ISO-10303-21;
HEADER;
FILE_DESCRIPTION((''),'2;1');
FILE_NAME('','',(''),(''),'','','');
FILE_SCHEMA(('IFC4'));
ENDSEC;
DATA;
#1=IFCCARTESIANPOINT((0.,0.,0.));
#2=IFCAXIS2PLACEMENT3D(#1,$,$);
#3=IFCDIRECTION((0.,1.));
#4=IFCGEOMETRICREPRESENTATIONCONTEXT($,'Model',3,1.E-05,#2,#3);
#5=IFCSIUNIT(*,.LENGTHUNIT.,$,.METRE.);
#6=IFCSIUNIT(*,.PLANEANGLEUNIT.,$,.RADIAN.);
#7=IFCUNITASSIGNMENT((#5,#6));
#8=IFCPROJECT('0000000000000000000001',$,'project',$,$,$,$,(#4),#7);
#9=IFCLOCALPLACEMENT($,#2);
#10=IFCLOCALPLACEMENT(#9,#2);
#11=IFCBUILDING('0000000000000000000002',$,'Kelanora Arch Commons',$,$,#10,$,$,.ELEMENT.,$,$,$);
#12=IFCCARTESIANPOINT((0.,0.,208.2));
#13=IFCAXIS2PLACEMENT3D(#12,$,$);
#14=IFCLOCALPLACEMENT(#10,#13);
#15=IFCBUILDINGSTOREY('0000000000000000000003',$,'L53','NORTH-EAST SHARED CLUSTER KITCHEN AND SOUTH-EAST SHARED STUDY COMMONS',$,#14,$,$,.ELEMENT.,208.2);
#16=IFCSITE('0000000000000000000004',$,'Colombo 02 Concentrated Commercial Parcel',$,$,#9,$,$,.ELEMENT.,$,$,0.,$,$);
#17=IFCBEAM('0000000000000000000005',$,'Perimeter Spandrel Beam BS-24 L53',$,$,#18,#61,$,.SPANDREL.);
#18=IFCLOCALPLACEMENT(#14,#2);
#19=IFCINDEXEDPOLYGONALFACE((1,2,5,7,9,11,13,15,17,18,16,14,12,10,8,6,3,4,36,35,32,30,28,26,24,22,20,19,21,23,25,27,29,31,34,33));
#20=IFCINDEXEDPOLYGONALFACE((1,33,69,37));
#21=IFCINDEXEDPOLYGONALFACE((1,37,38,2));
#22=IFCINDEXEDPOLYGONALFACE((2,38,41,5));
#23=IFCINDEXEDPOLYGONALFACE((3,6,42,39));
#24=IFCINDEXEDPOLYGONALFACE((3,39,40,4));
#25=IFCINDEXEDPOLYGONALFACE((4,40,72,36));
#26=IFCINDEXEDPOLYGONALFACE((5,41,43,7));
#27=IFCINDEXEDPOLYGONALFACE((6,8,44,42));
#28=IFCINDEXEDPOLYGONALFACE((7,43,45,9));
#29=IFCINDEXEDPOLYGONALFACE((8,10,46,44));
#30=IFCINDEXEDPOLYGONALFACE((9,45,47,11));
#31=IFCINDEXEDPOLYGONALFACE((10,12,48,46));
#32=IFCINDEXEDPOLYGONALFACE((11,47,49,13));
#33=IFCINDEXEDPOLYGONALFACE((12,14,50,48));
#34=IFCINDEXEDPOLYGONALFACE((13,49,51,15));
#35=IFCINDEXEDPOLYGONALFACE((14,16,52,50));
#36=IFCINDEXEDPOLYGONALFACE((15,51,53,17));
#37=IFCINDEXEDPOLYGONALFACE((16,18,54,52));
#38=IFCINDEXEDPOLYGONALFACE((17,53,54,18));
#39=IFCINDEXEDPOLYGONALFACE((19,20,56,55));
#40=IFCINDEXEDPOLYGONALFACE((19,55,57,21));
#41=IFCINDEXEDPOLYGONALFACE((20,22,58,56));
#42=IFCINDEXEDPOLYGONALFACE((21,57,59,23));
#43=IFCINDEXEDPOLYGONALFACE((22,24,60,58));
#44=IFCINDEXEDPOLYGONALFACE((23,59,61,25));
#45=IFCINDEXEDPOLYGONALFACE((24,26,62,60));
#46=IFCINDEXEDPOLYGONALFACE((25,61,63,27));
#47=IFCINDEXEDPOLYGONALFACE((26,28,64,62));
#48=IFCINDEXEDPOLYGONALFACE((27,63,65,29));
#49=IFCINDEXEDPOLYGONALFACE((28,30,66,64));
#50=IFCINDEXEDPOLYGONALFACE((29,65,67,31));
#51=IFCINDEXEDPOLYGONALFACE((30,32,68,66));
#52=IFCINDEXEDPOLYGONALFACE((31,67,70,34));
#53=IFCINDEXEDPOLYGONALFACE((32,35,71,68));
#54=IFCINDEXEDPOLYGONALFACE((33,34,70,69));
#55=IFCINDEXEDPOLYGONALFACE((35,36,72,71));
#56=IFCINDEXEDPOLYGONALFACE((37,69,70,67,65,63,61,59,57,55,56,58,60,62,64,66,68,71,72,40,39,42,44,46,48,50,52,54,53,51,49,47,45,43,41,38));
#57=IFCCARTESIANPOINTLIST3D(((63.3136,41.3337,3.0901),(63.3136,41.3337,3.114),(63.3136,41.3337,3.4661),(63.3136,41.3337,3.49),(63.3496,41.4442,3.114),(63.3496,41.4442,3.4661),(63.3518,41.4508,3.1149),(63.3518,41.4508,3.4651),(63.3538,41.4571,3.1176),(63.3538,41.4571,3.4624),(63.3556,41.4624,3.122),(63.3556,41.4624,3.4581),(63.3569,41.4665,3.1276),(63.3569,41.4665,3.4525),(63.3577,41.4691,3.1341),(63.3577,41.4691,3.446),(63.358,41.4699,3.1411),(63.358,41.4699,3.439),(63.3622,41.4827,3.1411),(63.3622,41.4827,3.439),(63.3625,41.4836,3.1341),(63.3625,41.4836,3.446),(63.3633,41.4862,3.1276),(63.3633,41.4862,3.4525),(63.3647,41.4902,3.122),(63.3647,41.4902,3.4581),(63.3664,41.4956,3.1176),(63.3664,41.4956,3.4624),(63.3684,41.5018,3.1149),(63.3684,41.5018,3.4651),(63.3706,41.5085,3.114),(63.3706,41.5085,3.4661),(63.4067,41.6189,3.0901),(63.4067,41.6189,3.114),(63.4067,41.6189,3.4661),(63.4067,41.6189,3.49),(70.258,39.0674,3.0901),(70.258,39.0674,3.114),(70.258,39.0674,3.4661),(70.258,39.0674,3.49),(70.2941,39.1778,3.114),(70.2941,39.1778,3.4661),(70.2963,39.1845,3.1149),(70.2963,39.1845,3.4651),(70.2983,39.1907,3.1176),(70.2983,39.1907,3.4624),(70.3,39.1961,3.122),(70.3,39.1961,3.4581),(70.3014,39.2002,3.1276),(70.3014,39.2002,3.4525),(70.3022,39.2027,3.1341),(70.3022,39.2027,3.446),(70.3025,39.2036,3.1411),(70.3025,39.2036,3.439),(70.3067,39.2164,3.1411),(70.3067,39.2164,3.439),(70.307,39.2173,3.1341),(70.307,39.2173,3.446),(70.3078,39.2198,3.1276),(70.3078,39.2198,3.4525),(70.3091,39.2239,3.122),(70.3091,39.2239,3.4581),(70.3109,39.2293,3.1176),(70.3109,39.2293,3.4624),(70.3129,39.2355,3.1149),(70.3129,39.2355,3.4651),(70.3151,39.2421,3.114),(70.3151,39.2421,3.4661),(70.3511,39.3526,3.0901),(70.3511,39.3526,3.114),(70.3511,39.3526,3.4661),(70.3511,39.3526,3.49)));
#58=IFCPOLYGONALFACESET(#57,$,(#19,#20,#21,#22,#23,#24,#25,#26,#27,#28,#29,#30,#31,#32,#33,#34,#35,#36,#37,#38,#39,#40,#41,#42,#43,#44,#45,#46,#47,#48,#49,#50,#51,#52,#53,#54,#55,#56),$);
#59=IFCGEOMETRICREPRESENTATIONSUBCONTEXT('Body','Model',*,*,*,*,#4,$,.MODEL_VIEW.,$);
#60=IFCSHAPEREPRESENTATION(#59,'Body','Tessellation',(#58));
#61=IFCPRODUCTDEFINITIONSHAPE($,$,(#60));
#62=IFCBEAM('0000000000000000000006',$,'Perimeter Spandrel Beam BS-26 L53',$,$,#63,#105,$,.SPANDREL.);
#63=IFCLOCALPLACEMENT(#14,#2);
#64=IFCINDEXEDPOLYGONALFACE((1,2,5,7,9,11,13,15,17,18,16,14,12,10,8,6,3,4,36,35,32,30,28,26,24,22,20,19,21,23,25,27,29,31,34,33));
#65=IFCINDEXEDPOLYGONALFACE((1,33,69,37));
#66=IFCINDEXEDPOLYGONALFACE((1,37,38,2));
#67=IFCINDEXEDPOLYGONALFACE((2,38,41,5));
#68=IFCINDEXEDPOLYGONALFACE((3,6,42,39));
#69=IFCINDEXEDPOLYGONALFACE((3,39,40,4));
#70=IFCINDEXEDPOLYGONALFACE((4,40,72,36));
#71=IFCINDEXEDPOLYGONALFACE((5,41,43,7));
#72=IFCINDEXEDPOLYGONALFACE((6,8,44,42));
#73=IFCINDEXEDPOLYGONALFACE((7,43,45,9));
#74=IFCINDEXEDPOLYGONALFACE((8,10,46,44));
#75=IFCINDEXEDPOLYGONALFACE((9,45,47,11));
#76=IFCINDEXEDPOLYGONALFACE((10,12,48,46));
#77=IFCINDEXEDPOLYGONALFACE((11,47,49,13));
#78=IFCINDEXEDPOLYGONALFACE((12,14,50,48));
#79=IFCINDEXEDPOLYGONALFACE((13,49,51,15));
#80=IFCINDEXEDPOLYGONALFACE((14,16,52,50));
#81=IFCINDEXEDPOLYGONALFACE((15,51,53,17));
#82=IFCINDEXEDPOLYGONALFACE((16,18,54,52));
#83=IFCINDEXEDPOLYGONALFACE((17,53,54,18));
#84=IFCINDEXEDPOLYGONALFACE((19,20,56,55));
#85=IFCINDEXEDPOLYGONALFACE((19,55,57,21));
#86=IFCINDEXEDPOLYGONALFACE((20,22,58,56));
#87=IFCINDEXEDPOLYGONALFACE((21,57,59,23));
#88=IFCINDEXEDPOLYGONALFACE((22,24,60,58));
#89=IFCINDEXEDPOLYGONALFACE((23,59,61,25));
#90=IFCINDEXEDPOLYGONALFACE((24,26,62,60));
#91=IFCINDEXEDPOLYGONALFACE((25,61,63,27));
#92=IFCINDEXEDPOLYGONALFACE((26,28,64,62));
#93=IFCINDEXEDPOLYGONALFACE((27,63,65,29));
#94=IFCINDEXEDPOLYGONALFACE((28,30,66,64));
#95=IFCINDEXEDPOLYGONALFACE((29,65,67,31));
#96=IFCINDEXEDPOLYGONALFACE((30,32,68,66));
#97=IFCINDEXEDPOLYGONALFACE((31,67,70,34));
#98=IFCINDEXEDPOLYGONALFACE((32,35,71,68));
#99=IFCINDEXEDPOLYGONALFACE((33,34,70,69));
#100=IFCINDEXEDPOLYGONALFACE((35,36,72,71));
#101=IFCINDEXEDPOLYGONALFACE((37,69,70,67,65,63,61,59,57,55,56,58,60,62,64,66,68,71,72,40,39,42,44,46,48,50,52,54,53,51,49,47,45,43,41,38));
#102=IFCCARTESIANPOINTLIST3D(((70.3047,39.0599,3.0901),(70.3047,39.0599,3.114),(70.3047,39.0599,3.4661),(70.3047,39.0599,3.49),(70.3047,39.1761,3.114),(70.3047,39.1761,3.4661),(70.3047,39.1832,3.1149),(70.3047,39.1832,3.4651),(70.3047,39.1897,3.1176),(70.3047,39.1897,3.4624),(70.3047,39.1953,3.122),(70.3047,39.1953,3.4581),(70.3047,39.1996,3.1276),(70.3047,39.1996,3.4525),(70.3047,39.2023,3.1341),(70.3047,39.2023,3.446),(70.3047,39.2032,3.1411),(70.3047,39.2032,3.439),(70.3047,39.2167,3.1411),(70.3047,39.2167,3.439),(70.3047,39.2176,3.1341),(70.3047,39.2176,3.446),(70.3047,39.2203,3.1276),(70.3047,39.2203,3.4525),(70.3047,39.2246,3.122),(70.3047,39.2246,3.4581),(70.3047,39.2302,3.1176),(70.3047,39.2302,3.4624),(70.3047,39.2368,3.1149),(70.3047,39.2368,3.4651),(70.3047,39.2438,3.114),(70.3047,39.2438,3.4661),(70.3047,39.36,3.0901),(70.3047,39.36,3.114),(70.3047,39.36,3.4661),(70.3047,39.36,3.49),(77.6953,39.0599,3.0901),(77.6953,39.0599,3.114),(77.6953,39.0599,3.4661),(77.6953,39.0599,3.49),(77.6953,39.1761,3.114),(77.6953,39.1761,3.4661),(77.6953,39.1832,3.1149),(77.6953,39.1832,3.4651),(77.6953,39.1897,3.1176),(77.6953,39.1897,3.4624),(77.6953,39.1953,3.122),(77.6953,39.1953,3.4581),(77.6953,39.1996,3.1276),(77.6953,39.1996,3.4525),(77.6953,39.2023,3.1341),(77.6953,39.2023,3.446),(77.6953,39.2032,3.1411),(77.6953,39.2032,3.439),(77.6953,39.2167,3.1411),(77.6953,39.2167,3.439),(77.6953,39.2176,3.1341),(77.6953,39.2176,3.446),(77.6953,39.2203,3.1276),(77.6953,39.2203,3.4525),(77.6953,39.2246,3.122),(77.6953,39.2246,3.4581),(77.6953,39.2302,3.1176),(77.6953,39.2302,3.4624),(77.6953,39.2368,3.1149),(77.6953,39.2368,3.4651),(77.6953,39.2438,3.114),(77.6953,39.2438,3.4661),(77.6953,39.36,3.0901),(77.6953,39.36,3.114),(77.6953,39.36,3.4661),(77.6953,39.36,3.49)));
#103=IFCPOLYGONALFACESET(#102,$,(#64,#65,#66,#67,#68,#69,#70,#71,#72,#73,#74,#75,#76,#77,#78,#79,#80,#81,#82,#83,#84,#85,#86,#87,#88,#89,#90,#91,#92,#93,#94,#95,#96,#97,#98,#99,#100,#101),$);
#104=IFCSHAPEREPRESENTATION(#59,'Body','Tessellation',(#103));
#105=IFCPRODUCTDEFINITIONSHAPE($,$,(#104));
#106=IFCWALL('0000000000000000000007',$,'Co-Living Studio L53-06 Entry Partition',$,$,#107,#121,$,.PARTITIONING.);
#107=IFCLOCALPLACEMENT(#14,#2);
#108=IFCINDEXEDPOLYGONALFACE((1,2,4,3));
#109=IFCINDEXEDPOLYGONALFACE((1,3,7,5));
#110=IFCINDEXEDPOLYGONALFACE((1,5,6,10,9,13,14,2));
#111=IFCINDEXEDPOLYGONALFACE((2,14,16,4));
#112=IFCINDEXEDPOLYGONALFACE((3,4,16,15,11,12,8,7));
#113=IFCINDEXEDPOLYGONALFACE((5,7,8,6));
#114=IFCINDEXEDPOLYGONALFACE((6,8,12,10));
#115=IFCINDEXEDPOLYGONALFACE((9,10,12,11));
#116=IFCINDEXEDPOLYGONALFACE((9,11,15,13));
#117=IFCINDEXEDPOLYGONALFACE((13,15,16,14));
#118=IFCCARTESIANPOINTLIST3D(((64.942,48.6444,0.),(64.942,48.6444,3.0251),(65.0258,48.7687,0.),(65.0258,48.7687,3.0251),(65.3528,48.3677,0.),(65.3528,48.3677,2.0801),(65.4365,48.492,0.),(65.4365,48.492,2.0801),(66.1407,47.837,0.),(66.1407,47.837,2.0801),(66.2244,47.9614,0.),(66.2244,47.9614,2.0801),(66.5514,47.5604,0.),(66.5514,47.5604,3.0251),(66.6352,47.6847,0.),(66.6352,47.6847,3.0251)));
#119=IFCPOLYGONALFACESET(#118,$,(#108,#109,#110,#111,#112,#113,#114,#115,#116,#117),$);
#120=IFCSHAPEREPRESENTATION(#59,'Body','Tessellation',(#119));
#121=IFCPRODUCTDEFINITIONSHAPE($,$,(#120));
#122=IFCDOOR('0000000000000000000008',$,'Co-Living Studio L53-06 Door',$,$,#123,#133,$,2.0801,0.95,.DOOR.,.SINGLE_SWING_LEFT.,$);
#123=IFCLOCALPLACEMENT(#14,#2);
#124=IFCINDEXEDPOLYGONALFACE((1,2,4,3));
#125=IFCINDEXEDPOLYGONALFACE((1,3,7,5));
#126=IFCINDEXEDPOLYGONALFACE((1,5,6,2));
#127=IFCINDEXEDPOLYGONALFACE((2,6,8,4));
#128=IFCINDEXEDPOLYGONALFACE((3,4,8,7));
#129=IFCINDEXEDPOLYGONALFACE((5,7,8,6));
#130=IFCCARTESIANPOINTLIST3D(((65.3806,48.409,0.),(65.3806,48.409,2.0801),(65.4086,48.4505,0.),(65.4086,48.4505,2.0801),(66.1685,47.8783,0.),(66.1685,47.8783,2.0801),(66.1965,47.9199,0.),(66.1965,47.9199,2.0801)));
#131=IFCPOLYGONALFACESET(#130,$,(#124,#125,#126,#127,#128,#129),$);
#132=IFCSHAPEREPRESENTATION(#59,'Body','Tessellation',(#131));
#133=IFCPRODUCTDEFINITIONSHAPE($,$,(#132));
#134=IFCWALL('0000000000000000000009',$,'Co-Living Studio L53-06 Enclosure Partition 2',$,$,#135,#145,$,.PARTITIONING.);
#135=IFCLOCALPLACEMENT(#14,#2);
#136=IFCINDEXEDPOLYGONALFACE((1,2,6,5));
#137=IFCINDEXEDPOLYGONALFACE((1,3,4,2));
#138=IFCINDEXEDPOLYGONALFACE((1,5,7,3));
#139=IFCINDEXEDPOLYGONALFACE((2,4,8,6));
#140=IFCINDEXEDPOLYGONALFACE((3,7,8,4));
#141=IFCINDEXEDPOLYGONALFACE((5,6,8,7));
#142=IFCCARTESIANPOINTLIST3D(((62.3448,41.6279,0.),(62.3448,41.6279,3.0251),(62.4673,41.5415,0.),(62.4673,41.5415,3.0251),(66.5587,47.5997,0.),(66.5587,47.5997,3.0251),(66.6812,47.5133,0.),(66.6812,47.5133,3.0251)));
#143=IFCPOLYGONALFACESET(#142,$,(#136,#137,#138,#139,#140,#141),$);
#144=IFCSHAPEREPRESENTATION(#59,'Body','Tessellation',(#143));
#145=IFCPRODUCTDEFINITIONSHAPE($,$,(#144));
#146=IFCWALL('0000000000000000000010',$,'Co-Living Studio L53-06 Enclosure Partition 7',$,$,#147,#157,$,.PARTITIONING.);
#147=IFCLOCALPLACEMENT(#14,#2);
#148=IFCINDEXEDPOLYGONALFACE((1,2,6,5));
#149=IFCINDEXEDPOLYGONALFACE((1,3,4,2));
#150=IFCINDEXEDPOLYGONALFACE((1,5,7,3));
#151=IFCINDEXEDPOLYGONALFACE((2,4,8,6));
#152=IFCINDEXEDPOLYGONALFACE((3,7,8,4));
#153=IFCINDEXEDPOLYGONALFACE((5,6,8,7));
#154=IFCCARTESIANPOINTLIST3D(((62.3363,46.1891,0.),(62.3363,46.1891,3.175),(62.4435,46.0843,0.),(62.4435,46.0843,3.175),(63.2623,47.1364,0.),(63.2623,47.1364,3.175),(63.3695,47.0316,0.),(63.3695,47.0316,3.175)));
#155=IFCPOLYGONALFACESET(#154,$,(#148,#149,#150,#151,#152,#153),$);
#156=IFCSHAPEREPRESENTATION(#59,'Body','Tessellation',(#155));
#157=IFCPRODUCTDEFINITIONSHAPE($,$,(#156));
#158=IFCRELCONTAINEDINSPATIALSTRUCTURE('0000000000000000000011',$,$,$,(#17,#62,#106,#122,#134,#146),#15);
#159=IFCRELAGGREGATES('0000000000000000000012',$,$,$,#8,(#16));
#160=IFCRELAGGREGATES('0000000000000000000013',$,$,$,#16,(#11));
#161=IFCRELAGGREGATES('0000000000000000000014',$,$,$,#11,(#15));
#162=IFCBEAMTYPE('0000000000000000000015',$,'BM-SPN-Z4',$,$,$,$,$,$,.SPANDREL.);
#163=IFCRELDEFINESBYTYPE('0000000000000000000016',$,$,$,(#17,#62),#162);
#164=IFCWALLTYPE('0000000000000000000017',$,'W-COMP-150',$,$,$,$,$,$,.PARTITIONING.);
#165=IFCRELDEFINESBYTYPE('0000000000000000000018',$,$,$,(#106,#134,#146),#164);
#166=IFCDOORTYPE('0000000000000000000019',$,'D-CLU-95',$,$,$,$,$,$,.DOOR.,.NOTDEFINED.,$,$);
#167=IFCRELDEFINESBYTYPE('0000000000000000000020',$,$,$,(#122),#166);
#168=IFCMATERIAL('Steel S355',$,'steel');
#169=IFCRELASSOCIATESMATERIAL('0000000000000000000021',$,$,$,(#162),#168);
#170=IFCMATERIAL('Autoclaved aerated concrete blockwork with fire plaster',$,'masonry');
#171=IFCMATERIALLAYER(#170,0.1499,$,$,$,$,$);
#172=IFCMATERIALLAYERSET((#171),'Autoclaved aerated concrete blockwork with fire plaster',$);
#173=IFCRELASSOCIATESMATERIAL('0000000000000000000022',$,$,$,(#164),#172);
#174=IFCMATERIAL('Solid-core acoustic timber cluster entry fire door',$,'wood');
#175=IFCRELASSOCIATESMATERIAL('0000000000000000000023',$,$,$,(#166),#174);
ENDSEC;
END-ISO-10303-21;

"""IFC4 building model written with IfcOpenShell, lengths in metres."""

from ifc_helpers import new_model, si_unit, direction, frame, frame_2d, origin, origin_2d, place, context, subcontext, project, spatial, rectangle, i_section, extrude, material, layer, layer_set, material_profile, profile_set, type_object, element, fill, save


model = new_model("IFC4")

# Units and contexts
model_context = context("Model", 3, precision=1e-05, world=origin(), true_north=direction((0.0, 1.0)))
body_context = subcontext(model_context, "Body", "Model", "MODEL_VIEW")
ifc_project = project(units=[si_unit("LENGTHUNIT", "METRE"), si_unit("PLANEANGLEUNIT", "RADIAN")], contexts=[model_context])

# Site, building, storey
site_placement = place(None, origin())
site = spatial("IfcSite", under=ifc_project, at=site_placement, Name="Colombo 02 Concentrated Commercial Parcel", CompositionType="ELEMENT", RefElevation=0.0)
building_placement = place(site_placement, origin())
building = spatial("IfcBuilding", under=site, at=building_placement, Name="Kelanora Arch Commons", CompositionType="ELEMENT")
storey_placement = place(building_placement, frame((0.0, 0.0, 208.2)))
storey = spatial("IfcBuildingStorey", under=building, at=storey_placement, Name="L53", Description="NORTH-EAST SHARED CLUSTER KITCHEN AND SOUTH-EAST SHARED STUDY COMMONS", CompositionType="ELEMENT", Elevation=208.2)

# Beams
ifc_material_1 = material(Name="Steel S355", Category="steel")
ifc_material_profile_1 = material_profile(ifc_material_1, i_section(OverallWidth=0.3, OverallDepth=0.3999, WebThickness=0.0134, FlangeThickness=0.0239, FilletRadius=0.0271, at=origin_2d()), Name="HEB400")
ifc_profile_set_1 = profile_set([ifc_material_profile_1], Name="Steel S355")
beam_type_1 = type_object("IfcBeamType", Name="BM-SPN-Z4", PredefinedType="SPANDREL", material=ifc_profile_set_1)
beam_1_placement = place(storey_placement, frame((63.3601, 41.4763, 3.29), z_axis=(0.950656, -0.310246, 0.0), x_axis=(0.310246, 0.950656, 0.0)))
element("IfcBeam", 1, at=beam_1_placement, inside=storey, type_object=beam_type_1, Name="Perimeter Spandrel Beam BS-24 L53", PredefinedType="SPANDREL", context=body_context, shape_type="SweptSolid", body=[
    extrude(i_section(OverallWidth=0.3, OverallDepth=0.3999, WebThickness=0.0134, FlangeThickness=0.0239, FilletRadius=0.0271, at=origin_2d()), origin(), (0.0, 0.0, 1.0), 7.3049),
])
beam_2_placement = place(storey_placement, frame((70.3047, 39.21, 3.29), z_axis=(1.0, 0.0, 0.0), x_axis=(0.0, 1.0, 0.0)))
element("IfcBeam", 2, at=beam_2_placement, inside=storey, type_object=beam_type_1, Name="Perimeter Spandrel Beam BS-26 L53", PredefinedType="SPANDREL", context=body_context, shape_type="SweptSolid", body=[
    extrude(i_section(OverallWidth=0.3, OverallDepth=0.3999, WebThickness=0.0134, FlangeThickness=0.0239, FilletRadius=0.0271, at=origin_2d()), origin(), (0.0, 0.0, 1.0), 7.3906),
])

# Wall, opening, door
ifc_material_2 = material(Name="Autoclaved aerated concrete blockwork with fire plaster", Category="masonry")
ifc_layer_1 = layer(ifc_material_2, 0.1499)
ifc_layer_set_1 = layer_set([ifc_layer_1], Name="Autoclaved aerated concrete blockwork with fire plaster")
wall_type_1 = type_object("IfcWallType", Name="W-COMP-150", PredefinedType="PARTITIONING", material=ifc_layer_set_1)
wall_1_placement = place(storey_placement, frame((64.9839, 48.7065, 0.0), z_axis=(0.0, 0.0, 1.0), x_axis=(0.829408, -0.558643, 0.0)))
wall_1 = element("IfcWall", 3, at=wall_1_placement, inside=storey, type_object=wall_type_1, Name="Co-Living Studio L53-06 Entry Partition", PredefinedType="PARTITIONING", context=body_context, shape_type="SweptSolid", body=[
    extrude(rectangle(XDim=1.9404, YDim=0.1499, at=frame_2d((0.9702, 0.0))), origin(), (0.0, 0.0, 1.0), 3.0251),
])
opening_1_placement = place(wall_1_placement, frame((0.4951, 0.0, 0.0)))
opening_1 = element("IfcOpeningElement", 4, at=opening_1_placement, cuts=wall_1, PredefinedType="OPENING", context=body_context, shape_type="SweptSolid", body=[
    extrude(rectangle(XDim=0.95, YDim=2.0801, at=frame_2d((0.4751, 1.04))), frame((0.0, 0.085, 0.0), z_axis=(0.0, -1.0, 0.0), x_axis=(1.0, 0.0, 0.0)), (0.0, 0.0, 1.0), 0.1699),
])
ifc_material_3 = material(Name="Solid-core acoustic timber cluster entry fire door", Category="wood")
door_type_1 = type_object("IfcDoorType", Name="D-CLU-95", OperationType="NOTDEFINED", PredefinedType="DOOR", material=ifc_material_3)
door_1_placement = place(opening_1_placement, origin())
door_1 = element("IfcDoor", 5, at=door_1_placement, inside=storey, type_object=door_type_1, Name="Co-Living Studio L53-06 Door", OperationType="SINGLE_SWING_LEFT", OverallHeight=2.0801, OverallWidth=0.95, PredefinedType="DOOR", context=body_context, shape_type="SweptSolid", body=[
    extrude(rectangle(XDim=0.95, YDim=2.0801, at=frame_2d((0.4751, 1.04))), frame((0.0, 0.0249, 0.0), z_axis=(0.0, -1.0, 0.0), x_axis=(1.0, 0.0, 0.0)), (0.0, 0.0, 1.0), 0.05),
])
fill(opening_1, door_1)

# Walls
wall_2_placement = place(storey_placement, frame((66.6199, 47.5564, 0.0), z_axis=(0.0, 0.0, 1.0), x_axis=(-0.576552, -0.81706, 0.0)))
element("IfcWall", 6, at=wall_2_placement, inside=storey, type_object=wall_type_1, Name="Co-Living Studio L53-06 Enclosure Partition 2", PredefinedType="PARTITIONING", context=body_context, shape_type="SweptSolid", body=[
    extrude(rectangle(XDim=7.3088, YDim=0.1499, at=frame_2d((3.6543, 0.0))), origin(), (0.0, 0.0, 1.0), 3.0251),
])
wall_3_placement = place(storey_placement, frame((62.3899, 46.1367, 0.0), z_axis=(0.0, 0.0, 1.0), x_axis=(0.699044, 0.715078, 0.0)))
element("IfcWall", 7, at=wall_3_placement, inside=storey, type_object=wall_type_1, Name="Co-Living Studio L53-06 Enclosure Partition 7", PredefinedType="PARTITIONING", context=body_context, shape_type="SweptSolid", body=[
    extrude(rectangle(XDim=1.3247, YDim=0.1499, at=frame_2d((0.6624, 0.0))), origin(), (0.0, 0.0, 1.0), 3.175),
])

save(model, "model.ifc")
